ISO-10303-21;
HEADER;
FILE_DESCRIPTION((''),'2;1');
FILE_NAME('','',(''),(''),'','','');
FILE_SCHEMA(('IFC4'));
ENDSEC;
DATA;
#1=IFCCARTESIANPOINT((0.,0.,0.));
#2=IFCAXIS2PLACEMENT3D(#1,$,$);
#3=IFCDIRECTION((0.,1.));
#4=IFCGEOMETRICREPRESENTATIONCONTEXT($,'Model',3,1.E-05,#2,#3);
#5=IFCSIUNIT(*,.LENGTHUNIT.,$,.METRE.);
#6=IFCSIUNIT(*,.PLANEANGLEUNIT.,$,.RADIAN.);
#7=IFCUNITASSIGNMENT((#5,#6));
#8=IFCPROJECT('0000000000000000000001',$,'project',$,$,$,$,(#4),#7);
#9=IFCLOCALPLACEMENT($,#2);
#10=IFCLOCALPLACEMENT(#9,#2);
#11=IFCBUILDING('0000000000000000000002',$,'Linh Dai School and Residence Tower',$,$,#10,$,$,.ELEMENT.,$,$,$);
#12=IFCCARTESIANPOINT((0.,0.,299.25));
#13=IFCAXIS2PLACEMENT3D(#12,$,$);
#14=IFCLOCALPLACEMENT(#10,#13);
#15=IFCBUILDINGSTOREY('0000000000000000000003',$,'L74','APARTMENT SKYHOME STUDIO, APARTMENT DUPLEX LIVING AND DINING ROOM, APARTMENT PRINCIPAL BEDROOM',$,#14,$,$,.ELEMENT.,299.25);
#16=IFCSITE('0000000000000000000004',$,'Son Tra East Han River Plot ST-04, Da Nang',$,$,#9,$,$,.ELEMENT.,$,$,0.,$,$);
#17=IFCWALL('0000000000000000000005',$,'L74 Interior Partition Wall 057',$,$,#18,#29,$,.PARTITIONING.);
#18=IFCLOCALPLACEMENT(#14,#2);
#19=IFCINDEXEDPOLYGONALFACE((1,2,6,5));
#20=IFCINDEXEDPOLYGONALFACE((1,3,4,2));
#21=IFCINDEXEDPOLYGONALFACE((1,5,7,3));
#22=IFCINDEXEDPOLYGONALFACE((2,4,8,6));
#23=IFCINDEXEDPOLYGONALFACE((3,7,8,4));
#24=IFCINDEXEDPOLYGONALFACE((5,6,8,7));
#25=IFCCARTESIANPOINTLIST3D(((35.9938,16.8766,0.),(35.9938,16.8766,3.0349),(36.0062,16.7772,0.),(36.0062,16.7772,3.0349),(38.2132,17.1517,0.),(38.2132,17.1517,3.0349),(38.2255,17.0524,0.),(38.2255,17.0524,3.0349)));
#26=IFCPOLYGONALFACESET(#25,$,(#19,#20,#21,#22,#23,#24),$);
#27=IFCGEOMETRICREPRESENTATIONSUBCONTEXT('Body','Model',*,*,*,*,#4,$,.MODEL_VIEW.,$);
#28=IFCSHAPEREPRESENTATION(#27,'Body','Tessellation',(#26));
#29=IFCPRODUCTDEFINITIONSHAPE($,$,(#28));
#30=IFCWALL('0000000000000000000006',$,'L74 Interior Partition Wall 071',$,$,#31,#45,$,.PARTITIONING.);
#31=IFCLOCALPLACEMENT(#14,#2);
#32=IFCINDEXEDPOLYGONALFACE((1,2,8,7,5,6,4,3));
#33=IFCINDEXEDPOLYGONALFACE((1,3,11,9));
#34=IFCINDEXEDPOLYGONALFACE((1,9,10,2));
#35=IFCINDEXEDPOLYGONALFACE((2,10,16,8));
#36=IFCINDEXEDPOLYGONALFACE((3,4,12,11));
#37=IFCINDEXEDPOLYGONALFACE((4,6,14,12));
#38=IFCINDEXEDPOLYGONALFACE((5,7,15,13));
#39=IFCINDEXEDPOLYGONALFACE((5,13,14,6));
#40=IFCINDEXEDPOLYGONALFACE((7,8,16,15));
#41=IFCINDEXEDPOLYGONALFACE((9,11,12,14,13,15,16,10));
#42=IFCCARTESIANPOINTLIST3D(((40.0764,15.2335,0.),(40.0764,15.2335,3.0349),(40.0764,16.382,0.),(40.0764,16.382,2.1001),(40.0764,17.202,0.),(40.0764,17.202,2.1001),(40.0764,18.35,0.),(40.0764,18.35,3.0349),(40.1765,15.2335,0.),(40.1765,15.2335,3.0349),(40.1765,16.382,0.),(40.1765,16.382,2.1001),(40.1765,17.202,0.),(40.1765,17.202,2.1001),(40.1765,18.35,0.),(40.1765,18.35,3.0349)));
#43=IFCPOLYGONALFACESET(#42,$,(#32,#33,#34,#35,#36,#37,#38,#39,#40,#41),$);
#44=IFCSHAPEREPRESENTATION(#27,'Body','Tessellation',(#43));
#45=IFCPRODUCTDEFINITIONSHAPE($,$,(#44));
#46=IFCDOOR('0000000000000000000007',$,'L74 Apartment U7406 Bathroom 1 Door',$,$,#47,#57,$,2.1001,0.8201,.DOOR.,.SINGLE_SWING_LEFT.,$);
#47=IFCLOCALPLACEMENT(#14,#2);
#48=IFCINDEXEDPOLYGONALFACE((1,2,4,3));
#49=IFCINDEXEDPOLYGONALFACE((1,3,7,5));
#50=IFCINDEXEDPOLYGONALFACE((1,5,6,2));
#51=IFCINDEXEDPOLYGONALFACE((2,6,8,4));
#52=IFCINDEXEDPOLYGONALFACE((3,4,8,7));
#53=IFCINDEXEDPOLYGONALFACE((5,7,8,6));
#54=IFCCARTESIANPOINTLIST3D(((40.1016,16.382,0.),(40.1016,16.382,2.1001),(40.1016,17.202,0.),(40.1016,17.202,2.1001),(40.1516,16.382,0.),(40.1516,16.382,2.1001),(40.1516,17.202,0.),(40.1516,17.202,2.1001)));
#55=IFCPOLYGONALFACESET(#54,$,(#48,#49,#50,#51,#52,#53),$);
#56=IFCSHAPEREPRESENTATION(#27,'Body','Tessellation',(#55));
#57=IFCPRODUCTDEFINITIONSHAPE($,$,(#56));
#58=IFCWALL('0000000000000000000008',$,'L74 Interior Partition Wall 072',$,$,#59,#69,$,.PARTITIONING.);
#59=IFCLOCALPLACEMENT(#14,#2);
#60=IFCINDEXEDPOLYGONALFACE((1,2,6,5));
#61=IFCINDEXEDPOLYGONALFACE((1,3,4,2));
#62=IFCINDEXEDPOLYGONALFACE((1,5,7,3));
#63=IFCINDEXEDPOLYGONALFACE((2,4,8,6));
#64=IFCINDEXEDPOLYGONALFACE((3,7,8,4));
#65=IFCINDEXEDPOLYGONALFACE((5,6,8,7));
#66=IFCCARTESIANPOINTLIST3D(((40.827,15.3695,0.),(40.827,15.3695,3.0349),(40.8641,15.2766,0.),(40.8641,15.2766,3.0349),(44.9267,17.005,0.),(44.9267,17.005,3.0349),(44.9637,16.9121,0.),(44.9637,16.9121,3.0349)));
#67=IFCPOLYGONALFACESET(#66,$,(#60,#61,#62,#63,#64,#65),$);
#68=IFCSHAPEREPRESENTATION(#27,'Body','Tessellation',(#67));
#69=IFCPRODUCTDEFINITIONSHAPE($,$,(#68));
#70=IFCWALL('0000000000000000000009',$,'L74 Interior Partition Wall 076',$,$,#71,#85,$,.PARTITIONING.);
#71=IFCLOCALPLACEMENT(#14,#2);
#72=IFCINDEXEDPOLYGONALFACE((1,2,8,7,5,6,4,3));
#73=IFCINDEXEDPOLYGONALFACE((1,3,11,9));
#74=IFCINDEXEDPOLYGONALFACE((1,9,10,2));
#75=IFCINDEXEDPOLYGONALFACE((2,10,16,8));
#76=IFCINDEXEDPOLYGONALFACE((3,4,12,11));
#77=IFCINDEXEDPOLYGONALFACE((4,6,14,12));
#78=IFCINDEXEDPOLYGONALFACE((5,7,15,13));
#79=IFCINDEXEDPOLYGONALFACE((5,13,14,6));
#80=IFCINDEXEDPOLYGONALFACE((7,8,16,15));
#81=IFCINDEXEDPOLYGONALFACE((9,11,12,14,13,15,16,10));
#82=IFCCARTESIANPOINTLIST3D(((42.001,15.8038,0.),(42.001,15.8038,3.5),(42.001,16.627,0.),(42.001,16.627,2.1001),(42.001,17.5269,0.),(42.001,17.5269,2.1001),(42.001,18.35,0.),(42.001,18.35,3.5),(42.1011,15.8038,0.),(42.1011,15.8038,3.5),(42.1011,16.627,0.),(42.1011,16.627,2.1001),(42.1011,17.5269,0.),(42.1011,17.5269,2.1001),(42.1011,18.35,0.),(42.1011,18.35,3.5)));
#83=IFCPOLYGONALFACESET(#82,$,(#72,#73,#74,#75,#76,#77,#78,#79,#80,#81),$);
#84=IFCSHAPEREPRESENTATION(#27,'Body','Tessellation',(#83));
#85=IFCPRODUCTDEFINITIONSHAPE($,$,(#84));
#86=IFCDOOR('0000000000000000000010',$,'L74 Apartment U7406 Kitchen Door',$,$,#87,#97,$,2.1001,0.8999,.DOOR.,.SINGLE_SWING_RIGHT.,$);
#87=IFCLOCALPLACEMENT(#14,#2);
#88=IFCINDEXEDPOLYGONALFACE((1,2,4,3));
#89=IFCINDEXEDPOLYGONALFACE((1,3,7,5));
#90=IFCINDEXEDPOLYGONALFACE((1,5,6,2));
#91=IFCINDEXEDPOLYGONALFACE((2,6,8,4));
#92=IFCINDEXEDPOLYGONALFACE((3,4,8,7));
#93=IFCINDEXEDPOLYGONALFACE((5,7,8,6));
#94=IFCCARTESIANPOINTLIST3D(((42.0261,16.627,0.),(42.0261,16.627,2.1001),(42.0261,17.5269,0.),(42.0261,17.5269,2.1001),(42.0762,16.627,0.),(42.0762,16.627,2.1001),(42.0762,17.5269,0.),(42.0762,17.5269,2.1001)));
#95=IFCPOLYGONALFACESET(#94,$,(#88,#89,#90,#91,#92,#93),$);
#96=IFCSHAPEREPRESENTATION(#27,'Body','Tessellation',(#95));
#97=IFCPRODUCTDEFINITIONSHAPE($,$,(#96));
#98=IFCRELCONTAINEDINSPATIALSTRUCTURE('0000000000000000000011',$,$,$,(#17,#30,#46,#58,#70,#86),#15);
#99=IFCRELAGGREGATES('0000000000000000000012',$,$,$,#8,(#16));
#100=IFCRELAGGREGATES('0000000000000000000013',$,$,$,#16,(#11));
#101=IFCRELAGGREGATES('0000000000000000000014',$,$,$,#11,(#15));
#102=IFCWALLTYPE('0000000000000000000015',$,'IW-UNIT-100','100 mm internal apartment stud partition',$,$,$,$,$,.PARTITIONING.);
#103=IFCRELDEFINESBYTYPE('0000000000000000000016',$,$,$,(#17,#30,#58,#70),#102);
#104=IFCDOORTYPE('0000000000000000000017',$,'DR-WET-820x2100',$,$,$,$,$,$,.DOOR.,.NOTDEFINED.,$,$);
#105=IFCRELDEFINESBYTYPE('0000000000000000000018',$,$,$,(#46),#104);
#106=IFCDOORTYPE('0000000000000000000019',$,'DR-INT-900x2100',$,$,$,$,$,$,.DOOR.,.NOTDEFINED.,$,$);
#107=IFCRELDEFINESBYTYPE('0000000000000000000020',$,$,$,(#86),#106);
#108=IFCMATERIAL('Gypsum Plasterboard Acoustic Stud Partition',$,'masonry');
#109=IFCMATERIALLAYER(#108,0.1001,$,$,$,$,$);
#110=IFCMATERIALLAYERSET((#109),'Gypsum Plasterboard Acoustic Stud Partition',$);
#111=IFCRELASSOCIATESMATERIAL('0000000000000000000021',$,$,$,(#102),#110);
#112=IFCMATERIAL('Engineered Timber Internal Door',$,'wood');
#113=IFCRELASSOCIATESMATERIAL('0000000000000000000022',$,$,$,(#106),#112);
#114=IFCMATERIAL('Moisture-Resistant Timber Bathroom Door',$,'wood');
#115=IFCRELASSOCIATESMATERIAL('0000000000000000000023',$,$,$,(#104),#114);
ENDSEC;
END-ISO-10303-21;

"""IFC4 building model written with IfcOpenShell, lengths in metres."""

from ifc_helpers import new_model, si_unit, direction, frame, frame_2d, origin, origin_2d, place, context, subcontext, project, spatial, rectangle, extrude, source, transform, mapped, material, layer, layer_set, type_object, element, fill, save


model = new_model("IFC4")

# Units and contexts
model_context = context("Model", 3, precision=1e-05, world=origin(), true_north=direction((0.0, 1.0)))
body_context = subcontext(model_context, "Body", "Model", "MODEL_VIEW")
ifc_project = project(units=[si_unit("LENGTHUNIT", "METRE"), si_unit("PLANEANGLEUNIT", "RADIAN")], contexts=[model_context])

# Site, building, storey
site_placement = place(None, origin())
site = spatial("IfcSite", under=ifc_project, at=site_placement, Name="Son Tra East Han River Plot ST-04, Da Nang", CompositionType="ELEMENT", RefElevation=0.0)
building_placement = place(site_placement, origin())
building = spatial("IfcBuilding", under=site, at=building_placement, Name="Linh Dai School and Residence Tower", CompositionType="ELEMENT")
storey_placement = place(building_placement, frame((0.0, 0.0, 299.25)))
storey = spatial("IfcBuildingStorey", under=building, at=storey_placement, Name="L74", Description="APARTMENT SKYHOME STUDIO, APARTMENT DUPLEX LIVING AND DINING ROOM, APARTMENT PRINCIPAL BEDROOM", CompositionType="ELEMENT", Elevation=299.25)

# Shared definitions
ifc_material_1 = material(Name="Gypsum Plasterboard Acoustic Stud Partition", Category="masonry")
ifc_layer_1 = layer(ifc_material_1, 0.1001)
ifc_layer_set_1 = layer_set([ifc_layer_1], Name="Gypsum Plasterboard Acoustic Stud Partition")
wall_type_1 = type_object("IfcWallType", Name="IW-UNIT-100", Description="100 mm internal apartment stud partition", PredefinedType="PARTITIONING", material=ifc_layer_set_1)
ifc_material_2 = material(Name="Engineered Timber Internal Door", Category="wood")
door_type_1 = type_object("IfcDoorType", Name="DR-INT-900x2100", OperationType="NOTDEFINED", PredefinedType="DOOR", material=ifc_material_2)
shared_shape_1 = source(origin(), body_context, "Body", "SweptSolid", [
    extrude(rectangle(XDim=0.8999, YDim=2.1001, at=origin_2d()), frame((0.45, 0.0249, 1.05), z_axis=(0.0, -1.0, 0.0), x_axis=(1.0, 0.0, 0.0)), (0.0, 0.0, 1.0), 0.05),
])

# Wall
wall_1_placement = place(storey_placement, frame((36.0, 16.8269, 0.0), z_axis=(0.0, 0.0, 1.0), x_axis=(0.992402, 0.12304, 0.0)))
element("IfcWall", 1, at=wall_1_placement, inside=storey, type_object=wall_type_1, Name="L74 Interior Partition Wall 057", PredefinedType="PARTITIONING", context=body_context, shape_type="SweptSolid", body=[
    extrude(rectangle(XDim=2.2363, YDim=0.1001, at=frame_2d((1.1182, 0.0))), origin(), (0.0, 0.0, 1.0), 3.0349),
])

# Wall, opening, door
wall_2_placement = place(storey_placement, frame((40.1265, 15.2336, 0.0), z_axis=(0.0, 0.0, 1.0), x_axis=(0.0, 1.0, 0.0)))
wall_2 = element("IfcWall", 2, at=wall_2_placement, inside=storey, type_object=wall_type_1, Name="L74 Interior Partition Wall 071", PredefinedType="PARTITIONING", context=body_context, shape_type="SweptSolid", body=[
    extrude(rectangle(XDim=3.1165, YDim=0.1001, at=frame_2d((1.5581, 0.0))), origin(), (0.0, 0.0, 1.0), 3.0349),
])
opening_1_placement = place(wall_2_placement, frame((1.1482, 0.0, 0.0)))
opening_1 = element("IfcOpeningElement", 3, at=opening_1_placement, cuts=wall_2, PredefinedType="OPENING", context=body_context, shape_type="SweptSolid", body=[
    extrude(rectangle(XDim=0.8201, YDim=2.1001, at=origin_2d()), frame((0.4102, 0.0601, 1.05), z_axis=(0.0, -1.0, 0.0), x_axis=(1.0, 0.0, 0.0)), (0.0, 0.0, 1.0), 0.1201),
])
ifc_material_3 = material(Name="Moisture-Resistant Timber Bathroom Door", Category="wood")
door_type_2 = type_object("IfcDoorType", Name="DR-WET-820x2100", OperationType="NOTDEFINED", PredefinedType="DOOR", material=ifc_material_3)
shared_shape_2 = source(origin(), body_context, "Body", "SweptSolid", [
    extrude(rectangle(XDim=0.8201, YDim=2.1001, at=origin_2d()), frame((0.4102, 0.0249, 1.05), z_axis=(0.0, -1.0, 0.0), x_axis=(1.0, 0.0, 0.0)), (0.0, 0.0, 1.0), 0.05),
])
door_1_placement = place(opening_1_placement, origin())
door_1 = element("IfcDoor", 4, at=door_1_placement, inside=storey, type_object=door_type_2, Name="L74 Apartment U7406 Bathroom 1 Door", OperationType="SINGLE_SWING_LEFT", OverallHeight=2.1001, OverallWidth=0.8201, PredefinedType="DOOR", context=body_context, shape_type="MappedRepresentation", body=[
    mapped(shared_shape_2, transform((0.0, 0.0, 0.0), x_axis=(1.0, 0.0, 0.0), y_axis=(0.0, 1.0, 0.0), z_axis=(0.0, 0.0, 1.0), scale=1.0)),
])
fill(opening_1, door_1)

# Wall
wall_3_placement = place(storey_placement, frame((40.8455, 15.323, 0.0), z_axis=(0.0, 0.0, 1.0), x_axis=(0.928816, 0.370542, 0.0)))
element("IfcWall", 5, at=wall_3_placement, inside=storey, type_object=wall_type_1, Name="L74 Interior Partition Wall 072", PredefinedType="PARTITIONING", context=body_context, shape_type="SweptSolid", body=[
    extrude(rectangle(XDim=4.4138, YDim=0.1001, at=frame_2d((2.207, 0.0))), origin(), (0.0, 0.0, 1.0), 3.0349),
])

# Wall, opening, door
wall_4_placement = place(storey_placement, frame((42.051, 15.804, 0.0), z_axis=(0.0, 0.0, 1.0), x_axis=(0.0, 1.0, 0.0)))
wall_4 = element("IfcWall", 6, at=wall_4_placement, inside=storey, type_object=wall_type_1, Name="L74 Interior Partition Wall 076", PredefinedType="PARTITIONING", context=body_context, shape_type="SweptSolid", body=[
    extrude(rectangle(XDim=2.5461, YDim=0.1001, at=frame_2d((1.2729, 0.0))), origin(), (0.0, 0.0, 1.0), 3.5),
])
opening_2_placement = place(wall_4_placement, frame((0.823, 0.0, 0.0)))
opening_2 = element("IfcOpeningElement", 7, at=opening_2_placement, cuts=wall_4, PredefinedType="OPENING", context=body_context, shape_type="SweptSolid", body=[
    extrude(rectangle(XDim=0.8999, YDim=2.1001, at=origin_2d()), frame((0.45, 0.0601, 1.05), z_axis=(0.0, -1.0, 0.0), x_axis=(1.0, 0.0, 0.0)), (0.0, 0.0, 1.0), 0.1201),
])
door_2_placement = place(opening_2_placement, origin())
door_2 = element("IfcDoor", 8, at=door_2_placement, inside=storey, type_object=door_type_1, Name="L74 Apartment U7406 Kitchen Door", OperationType="SINGLE_SWING_RIGHT", OverallHeight=2.1001, OverallWidth=0.8999, PredefinedType="DOOR", context=body_context, shape_type="MappedRepresentation", body=[
    mapped(shared_shape_1, transform((0.0, 0.0, 0.0), x_axis=(1.0, 0.0, 0.0), y_axis=(0.0, 1.0, 0.0), z_axis=(0.0, 0.0, 1.0), scale=1.0)),
])
fill(opening_2, door_2)

save(model, "model.ifc")
